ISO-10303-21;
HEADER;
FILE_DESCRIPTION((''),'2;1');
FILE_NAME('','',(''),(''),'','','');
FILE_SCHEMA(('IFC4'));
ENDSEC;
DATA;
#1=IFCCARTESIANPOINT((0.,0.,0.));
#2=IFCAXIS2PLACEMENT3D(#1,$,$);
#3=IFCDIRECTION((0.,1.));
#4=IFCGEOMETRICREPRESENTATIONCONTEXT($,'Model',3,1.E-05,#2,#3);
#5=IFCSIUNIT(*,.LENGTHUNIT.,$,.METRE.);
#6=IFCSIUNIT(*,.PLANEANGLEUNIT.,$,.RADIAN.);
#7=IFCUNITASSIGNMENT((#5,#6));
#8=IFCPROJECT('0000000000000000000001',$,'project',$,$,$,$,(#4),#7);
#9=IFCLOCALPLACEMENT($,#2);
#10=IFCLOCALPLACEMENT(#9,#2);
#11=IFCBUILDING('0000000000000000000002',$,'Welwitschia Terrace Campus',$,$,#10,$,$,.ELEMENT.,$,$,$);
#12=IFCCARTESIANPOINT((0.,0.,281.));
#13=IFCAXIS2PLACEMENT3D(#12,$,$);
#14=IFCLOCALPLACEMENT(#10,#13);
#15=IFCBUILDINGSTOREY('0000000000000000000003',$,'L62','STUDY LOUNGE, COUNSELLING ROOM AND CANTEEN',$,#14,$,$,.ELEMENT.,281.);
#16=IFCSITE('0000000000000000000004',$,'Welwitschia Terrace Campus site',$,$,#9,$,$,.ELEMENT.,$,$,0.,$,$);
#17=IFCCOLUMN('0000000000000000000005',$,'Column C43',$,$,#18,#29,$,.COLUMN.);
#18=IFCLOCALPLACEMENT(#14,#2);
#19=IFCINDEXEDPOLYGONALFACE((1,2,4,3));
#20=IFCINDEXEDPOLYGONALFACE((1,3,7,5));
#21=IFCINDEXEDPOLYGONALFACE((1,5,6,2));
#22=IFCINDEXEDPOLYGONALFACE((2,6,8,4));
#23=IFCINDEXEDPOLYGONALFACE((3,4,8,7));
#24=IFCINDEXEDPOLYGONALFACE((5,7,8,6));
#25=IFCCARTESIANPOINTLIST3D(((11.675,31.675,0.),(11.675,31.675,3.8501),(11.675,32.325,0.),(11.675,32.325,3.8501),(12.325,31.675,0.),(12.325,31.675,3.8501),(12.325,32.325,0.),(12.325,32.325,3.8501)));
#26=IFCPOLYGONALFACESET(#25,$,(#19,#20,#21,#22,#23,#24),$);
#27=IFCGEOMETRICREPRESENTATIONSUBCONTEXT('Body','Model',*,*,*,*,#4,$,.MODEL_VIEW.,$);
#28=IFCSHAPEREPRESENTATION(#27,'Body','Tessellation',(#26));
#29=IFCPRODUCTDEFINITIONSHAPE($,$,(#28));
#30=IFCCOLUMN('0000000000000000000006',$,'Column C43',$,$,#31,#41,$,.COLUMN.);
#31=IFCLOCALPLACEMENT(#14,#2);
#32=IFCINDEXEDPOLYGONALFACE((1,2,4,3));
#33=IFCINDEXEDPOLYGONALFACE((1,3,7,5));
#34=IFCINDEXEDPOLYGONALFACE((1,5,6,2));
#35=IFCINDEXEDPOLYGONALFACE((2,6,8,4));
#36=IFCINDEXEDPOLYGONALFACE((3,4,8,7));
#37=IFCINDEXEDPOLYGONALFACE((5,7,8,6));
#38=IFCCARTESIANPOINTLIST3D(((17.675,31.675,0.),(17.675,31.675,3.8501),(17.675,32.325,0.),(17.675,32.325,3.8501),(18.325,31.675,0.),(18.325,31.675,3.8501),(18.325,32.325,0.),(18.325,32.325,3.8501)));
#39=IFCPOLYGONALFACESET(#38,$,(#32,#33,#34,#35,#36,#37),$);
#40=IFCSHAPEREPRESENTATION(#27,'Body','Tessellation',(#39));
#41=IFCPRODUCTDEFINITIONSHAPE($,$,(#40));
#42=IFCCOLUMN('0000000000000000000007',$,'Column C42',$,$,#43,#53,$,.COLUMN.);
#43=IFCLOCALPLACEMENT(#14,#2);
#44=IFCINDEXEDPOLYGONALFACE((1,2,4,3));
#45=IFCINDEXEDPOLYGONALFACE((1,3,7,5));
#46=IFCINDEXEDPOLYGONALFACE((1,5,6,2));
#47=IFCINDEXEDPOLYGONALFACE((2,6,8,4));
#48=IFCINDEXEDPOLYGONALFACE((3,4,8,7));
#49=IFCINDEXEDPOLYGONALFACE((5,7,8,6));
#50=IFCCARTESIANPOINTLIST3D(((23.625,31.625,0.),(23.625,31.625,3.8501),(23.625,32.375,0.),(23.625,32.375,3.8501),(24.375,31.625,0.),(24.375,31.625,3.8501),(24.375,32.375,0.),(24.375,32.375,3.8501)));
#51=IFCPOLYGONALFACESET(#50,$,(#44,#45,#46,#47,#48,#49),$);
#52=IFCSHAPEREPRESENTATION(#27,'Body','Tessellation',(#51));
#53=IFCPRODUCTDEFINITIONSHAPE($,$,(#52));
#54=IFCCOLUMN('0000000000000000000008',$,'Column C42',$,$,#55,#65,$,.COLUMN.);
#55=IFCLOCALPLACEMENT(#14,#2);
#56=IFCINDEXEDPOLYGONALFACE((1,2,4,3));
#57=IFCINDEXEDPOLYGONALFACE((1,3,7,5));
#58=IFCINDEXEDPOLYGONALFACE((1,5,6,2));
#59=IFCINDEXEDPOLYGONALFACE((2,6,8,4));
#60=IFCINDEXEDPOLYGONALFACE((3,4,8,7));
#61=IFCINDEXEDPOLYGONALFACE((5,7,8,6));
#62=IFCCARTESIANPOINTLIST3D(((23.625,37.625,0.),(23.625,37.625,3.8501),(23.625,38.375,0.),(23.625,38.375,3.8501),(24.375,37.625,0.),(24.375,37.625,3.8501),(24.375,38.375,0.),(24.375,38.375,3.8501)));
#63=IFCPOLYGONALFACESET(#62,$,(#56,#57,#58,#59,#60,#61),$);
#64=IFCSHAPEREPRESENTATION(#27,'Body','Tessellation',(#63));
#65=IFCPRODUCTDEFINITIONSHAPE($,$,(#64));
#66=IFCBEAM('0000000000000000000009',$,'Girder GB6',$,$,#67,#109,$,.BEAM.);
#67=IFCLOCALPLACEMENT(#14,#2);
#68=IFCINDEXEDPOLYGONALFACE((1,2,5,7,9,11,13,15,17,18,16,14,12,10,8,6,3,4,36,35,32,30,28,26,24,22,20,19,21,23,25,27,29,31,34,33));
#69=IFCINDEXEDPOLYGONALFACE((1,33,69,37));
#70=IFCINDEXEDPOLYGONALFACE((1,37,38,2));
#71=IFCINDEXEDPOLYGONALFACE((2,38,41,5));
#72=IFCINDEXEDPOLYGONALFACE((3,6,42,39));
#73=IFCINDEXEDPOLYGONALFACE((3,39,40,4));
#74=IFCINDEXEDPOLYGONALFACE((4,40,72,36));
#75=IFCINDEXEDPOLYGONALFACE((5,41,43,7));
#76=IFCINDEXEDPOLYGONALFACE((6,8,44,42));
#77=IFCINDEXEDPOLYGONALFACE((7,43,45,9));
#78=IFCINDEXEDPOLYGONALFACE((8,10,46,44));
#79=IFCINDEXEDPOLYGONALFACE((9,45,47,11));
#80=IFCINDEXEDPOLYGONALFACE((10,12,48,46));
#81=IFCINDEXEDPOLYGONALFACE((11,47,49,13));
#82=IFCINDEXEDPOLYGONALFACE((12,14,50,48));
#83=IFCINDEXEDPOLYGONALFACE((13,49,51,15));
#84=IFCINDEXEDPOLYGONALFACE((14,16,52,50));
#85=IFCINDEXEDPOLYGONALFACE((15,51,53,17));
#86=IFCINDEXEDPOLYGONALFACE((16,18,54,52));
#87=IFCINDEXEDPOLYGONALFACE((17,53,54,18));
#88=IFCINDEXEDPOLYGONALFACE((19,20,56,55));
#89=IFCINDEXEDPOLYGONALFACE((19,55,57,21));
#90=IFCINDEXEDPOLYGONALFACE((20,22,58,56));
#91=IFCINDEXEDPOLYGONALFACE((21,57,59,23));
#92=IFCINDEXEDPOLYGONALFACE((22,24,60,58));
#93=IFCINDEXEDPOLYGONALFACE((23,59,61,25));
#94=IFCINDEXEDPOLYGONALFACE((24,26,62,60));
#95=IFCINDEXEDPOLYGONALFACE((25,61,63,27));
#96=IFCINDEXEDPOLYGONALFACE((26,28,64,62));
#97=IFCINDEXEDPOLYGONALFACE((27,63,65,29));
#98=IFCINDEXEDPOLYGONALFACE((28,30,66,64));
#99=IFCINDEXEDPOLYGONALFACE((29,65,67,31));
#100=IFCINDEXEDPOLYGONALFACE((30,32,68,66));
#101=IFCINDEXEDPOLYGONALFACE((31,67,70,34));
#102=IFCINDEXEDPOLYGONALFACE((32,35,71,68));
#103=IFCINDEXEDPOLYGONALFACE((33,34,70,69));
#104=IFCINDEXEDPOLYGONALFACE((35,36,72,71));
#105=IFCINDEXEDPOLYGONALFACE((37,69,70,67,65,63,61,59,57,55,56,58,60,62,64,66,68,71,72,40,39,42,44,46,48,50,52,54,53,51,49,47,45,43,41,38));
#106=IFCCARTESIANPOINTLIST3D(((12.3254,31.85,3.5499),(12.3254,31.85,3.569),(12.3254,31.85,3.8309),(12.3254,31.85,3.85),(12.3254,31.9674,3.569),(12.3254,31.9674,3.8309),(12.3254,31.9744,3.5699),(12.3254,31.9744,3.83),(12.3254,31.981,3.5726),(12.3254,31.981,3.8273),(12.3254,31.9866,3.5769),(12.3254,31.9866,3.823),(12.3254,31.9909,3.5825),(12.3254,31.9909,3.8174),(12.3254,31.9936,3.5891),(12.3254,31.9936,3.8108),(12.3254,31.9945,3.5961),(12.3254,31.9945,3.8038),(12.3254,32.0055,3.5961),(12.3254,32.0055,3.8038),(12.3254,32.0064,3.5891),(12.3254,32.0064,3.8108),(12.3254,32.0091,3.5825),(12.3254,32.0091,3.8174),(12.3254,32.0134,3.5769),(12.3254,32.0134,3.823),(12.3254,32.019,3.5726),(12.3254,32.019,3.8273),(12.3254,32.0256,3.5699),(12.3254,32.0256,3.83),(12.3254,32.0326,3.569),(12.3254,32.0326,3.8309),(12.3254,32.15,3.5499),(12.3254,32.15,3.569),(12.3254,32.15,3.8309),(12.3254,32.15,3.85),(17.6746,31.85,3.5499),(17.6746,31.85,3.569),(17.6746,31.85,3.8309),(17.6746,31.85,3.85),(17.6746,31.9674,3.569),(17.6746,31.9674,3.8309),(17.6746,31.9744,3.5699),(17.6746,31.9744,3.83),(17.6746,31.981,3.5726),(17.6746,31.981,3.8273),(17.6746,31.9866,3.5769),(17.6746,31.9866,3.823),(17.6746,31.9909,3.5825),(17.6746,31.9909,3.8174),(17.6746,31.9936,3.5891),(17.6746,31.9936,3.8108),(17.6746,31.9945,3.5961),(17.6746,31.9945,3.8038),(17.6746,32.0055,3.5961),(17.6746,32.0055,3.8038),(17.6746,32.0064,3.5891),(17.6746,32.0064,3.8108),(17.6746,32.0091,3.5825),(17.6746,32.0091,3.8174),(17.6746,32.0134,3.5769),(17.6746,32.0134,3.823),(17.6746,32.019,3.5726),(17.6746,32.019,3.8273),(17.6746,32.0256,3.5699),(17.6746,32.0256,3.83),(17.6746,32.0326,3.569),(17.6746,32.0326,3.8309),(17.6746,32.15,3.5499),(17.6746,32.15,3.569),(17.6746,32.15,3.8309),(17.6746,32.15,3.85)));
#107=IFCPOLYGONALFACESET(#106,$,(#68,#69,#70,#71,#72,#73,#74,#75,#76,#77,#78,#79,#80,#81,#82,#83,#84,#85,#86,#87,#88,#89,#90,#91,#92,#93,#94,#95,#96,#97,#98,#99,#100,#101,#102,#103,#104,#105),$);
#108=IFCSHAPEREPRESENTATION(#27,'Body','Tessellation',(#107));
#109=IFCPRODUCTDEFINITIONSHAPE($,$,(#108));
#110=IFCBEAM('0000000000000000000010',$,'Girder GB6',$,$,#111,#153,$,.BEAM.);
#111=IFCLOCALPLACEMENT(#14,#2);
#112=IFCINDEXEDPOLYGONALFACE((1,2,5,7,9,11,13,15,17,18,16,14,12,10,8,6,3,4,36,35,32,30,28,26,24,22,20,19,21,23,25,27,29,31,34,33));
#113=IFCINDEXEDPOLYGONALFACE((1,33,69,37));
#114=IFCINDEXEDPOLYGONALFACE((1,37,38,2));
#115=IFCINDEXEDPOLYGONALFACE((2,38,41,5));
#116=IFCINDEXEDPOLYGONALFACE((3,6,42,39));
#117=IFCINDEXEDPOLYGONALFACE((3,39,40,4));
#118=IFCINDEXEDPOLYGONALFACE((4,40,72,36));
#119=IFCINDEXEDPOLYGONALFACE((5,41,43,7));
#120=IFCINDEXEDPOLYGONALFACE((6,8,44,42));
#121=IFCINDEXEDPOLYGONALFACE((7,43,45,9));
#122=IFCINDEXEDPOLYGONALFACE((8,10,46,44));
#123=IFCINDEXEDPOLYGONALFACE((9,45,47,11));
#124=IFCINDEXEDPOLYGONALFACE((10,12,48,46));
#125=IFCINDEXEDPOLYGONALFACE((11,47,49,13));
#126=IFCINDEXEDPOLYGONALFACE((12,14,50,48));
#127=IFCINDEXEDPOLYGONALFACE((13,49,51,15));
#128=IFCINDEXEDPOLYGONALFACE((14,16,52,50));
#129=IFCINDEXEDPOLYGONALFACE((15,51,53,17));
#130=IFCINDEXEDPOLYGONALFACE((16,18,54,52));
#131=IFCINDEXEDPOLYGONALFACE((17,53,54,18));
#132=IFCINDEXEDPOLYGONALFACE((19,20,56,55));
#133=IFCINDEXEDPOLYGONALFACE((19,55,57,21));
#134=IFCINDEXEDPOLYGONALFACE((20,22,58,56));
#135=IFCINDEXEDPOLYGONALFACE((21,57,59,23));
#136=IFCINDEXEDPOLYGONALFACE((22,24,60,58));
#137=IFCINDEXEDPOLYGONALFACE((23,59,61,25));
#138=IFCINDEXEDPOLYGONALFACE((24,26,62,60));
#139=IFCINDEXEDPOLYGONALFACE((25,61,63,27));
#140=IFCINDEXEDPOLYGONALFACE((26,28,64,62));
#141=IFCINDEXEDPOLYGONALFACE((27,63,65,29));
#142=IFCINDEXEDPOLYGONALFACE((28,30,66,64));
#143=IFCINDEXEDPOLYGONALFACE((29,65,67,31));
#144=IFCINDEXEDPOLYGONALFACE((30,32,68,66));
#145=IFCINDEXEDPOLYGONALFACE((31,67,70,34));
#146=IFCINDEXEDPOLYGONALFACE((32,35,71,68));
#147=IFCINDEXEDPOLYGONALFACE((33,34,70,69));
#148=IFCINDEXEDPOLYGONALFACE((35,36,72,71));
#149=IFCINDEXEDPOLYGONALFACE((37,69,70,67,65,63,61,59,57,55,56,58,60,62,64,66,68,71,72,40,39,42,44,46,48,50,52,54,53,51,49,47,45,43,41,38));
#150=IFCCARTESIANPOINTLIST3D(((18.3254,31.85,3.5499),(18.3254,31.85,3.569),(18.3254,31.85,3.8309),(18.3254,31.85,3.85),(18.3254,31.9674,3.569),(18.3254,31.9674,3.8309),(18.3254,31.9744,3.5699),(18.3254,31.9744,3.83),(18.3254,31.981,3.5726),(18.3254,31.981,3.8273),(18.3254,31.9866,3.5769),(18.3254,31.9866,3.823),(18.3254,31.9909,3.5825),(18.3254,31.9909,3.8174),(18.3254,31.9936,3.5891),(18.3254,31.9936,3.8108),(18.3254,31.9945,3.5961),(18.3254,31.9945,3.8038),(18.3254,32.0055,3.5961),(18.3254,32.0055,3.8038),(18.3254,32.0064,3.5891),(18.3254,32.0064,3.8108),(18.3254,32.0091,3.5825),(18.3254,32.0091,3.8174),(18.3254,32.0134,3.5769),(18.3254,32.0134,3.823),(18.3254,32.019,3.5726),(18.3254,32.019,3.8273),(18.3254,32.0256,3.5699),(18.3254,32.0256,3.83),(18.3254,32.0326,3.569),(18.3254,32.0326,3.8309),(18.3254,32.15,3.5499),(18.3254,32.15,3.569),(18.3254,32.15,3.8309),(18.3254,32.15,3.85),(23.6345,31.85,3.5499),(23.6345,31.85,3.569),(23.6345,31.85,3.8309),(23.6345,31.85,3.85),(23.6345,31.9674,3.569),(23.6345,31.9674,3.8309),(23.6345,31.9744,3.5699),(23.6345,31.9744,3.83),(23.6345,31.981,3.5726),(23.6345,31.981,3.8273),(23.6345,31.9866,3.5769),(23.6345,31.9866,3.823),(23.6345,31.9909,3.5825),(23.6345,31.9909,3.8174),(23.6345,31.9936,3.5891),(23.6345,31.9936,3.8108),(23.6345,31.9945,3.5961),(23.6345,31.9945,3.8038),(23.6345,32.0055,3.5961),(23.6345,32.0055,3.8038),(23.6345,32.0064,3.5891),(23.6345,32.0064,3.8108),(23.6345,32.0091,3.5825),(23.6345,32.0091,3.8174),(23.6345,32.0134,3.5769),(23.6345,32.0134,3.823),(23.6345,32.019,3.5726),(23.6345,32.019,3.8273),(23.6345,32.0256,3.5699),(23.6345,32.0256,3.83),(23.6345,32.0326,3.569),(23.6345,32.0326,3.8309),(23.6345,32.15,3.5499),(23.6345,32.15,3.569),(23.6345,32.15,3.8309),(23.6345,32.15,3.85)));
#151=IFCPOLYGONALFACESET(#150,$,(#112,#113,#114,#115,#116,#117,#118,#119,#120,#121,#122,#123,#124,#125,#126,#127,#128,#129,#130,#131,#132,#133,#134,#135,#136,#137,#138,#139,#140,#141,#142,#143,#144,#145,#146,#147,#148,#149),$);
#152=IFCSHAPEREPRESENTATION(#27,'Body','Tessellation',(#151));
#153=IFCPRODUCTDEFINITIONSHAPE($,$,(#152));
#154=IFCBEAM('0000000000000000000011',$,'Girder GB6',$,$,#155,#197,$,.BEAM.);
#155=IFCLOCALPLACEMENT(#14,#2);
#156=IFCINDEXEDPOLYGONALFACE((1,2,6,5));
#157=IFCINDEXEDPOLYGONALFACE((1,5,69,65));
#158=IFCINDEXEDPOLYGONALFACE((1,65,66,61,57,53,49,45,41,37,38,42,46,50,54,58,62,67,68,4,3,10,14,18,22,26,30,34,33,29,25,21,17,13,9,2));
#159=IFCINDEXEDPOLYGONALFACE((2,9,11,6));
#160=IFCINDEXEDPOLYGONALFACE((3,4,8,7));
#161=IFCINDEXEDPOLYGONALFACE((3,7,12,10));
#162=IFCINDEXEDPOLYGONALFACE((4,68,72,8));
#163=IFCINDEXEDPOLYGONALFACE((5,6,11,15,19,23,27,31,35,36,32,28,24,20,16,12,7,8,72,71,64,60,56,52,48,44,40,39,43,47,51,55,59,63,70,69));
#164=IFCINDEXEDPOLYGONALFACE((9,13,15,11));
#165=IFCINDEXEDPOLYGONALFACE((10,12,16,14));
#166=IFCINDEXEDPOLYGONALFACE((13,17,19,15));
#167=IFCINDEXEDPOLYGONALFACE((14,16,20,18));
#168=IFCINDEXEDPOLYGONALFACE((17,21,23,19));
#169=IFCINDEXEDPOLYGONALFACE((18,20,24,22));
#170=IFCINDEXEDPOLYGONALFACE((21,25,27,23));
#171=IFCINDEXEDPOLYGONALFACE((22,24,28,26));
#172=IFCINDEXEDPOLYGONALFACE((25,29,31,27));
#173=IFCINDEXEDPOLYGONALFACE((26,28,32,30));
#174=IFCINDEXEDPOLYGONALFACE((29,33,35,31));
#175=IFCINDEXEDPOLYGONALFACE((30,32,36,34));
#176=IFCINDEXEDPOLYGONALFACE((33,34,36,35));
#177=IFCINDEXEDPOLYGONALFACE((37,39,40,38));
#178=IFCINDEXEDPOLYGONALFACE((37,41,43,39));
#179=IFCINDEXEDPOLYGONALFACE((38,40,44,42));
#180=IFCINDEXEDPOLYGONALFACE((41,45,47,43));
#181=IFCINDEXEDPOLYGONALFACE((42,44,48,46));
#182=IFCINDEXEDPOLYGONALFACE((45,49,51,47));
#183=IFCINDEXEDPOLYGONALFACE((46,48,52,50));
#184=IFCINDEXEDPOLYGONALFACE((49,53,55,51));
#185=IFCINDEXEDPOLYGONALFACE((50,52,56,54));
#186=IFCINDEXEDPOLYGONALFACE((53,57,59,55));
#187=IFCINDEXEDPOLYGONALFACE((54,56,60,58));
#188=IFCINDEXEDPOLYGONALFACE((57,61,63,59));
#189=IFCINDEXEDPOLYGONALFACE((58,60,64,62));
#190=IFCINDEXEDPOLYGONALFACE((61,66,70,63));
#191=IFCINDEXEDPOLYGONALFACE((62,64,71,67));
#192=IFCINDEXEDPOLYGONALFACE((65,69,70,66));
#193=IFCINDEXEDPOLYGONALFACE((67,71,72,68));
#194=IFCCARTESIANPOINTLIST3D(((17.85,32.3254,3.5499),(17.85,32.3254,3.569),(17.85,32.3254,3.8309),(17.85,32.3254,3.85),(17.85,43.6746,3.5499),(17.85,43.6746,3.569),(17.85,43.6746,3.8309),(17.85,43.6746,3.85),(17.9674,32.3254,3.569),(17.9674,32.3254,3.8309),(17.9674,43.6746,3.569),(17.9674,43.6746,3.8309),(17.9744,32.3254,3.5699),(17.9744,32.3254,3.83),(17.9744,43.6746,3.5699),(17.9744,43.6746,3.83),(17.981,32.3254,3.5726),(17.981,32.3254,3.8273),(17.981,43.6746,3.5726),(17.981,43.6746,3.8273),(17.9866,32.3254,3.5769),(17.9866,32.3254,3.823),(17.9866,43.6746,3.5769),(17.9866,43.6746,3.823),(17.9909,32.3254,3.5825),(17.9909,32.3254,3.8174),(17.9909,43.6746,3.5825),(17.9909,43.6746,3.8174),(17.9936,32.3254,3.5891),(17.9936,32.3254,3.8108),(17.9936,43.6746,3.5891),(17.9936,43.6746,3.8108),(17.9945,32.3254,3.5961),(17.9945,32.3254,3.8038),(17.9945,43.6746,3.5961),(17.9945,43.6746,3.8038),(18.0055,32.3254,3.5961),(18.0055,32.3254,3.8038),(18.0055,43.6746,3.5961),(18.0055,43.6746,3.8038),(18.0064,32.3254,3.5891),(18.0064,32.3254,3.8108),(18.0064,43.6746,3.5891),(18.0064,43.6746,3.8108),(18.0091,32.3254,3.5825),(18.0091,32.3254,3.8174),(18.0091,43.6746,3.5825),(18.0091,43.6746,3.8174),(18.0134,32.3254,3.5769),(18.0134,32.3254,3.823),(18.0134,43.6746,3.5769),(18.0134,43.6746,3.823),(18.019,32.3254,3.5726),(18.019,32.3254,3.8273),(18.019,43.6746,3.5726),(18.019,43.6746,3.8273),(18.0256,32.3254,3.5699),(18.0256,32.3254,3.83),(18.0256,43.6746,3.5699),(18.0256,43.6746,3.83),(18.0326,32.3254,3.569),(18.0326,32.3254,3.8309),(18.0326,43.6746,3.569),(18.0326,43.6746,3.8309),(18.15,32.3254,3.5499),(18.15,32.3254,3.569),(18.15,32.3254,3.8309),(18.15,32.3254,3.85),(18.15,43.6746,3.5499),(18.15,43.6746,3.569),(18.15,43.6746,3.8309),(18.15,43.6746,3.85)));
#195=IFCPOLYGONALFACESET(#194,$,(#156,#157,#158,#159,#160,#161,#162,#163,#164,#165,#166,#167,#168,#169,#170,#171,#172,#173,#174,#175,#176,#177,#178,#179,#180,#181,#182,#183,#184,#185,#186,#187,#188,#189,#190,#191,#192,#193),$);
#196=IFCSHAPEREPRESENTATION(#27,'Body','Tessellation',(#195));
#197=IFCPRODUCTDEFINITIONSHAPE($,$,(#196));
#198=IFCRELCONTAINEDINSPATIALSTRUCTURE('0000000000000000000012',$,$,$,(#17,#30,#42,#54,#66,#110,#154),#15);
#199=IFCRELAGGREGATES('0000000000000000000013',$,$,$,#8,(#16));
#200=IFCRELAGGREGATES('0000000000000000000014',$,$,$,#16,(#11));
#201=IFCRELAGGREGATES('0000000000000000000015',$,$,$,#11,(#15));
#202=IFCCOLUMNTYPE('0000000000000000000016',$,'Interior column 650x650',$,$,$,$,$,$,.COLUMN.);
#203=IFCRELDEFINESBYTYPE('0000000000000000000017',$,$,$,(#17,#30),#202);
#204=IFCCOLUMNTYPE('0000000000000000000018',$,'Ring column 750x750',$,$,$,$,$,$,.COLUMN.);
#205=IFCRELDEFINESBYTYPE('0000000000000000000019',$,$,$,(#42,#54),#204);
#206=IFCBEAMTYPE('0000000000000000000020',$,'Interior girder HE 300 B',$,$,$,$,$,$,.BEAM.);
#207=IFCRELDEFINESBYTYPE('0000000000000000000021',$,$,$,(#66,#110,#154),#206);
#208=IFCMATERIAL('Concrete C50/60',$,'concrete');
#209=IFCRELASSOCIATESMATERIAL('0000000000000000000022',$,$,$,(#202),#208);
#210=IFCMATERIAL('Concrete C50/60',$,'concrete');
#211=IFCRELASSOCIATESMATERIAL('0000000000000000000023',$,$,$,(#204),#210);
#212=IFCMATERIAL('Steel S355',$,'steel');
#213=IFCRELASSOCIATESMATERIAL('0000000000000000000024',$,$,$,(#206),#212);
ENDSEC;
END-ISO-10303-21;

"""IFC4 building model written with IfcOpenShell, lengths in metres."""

from ifc_helpers import new_model, si_unit, direction, frame, origin, origin_2d, place, context, subcontext, project, spatial, rectangle, i_section, extrude, material, material_profile, profile_set, type_object, element, save


model = new_model("IFC4")

# Units and contexts
model_context = context("Model", 3, precision=1e-05, world=origin(), true_north=direction((0.0, 1.0)))
body_context = subcontext(model_context, "Body", "Model", "MODEL_VIEW")
ifc_project = project(units=[si_unit("LENGTHUNIT", "METRE"), si_unit("PLANEANGLEUNIT", "RADIAN")], contexts=[model_context])

# Site, building, storey
site_placement = place(None, origin())
site = spatial("IfcSite", under=ifc_project, at=site_placement, Name="Welwitschia Terrace Campus site", CompositionType="ELEMENT", RefElevation=0.0)
building_placement = place(site_placement, origin())
building = spatial("IfcBuilding", under=site, at=building_placement, Name="Welwitschia Terrace Campus", CompositionType="ELEMENT")
storey_placement = place(building_placement, frame((0.0, 0.0, 281.0)))
storey = spatial("IfcBuildingStorey", under=building, at=storey_placement, Name="L62", Description="STUDY LOUNGE, COUNSELLING ROOM AND CANTEEN", CompositionType="ELEMENT", Elevation=281.0)

# Columns
ifc_material_1 = material(Name="Concrete C50/60", Category="concrete")
ifc_material_profile_1 = material_profile(ifc_material_1, rectangle(XDim=0.6499, YDim=0.6499, at=origin_2d()))
ifc_profile_set_1 = profile_set([ifc_material_profile_1], Name="Concrete C50/60")
column_type_1 = type_object("IfcColumnType", Name="Interior column 650x650", PredefinedType="COLUMN", material=ifc_profile_set_1)
for number, where, z_axis, x_axis, name in (
    (1, (12.0, 32.0, 0.0), (0.0, 0.0, 1.0), (1.0, 0.0, 0.0), "Column C43"),
    (2, (18.0, 32.0, 0.0), (0.0, 0.0, 1.0), (1.0, 0.0, 0.0), "Column C43"),
):
    element("IfcColumn", number, at=place(storey_placement, frame(where, z_axis=z_axis, x_axis=x_axis)), inside=storey, type_object=column_type_1, Name=name, PredefinedType="COLUMN", context=body_context, shape_type="SweptSolid", body=[
        extrude(rectangle(XDim=0.6499, YDim=0.6499, at=origin_2d()), origin(), (0.0, 0.0, 1.0), 3.8501),
    ])
ifc_material_2 = material(Name="Concrete C50/60", Category="concrete")
ifc_material_profile_2 = material_profile(ifc_material_2, rectangle(XDim=0.75, YDim=0.75, at=origin_2d()))
ifc_profile_set_2 = profile_set([ifc_material_profile_2], Name="Concrete C50/60")
column_type_2 = type_object("IfcColumnType", Name="Ring column 750x750", PredefinedType="COLUMN", material=ifc_profile_set_2)
for number, where, z_axis, x_axis, name in (
    (3, (24.0, 32.0, 0.0), (0.0, 0.0, 1.0), (1.0, 0.0, 0.0), "Column C42"),
    (4, (24.0, 38.0, 0.0), (0.0, 0.0, 1.0), (1.0, 0.0, 0.0), "Column C42"),
):
    element("IfcColumn", number, at=place(storey_placement, frame(where, z_axis=z_axis, x_axis=x_axis)), inside=storey, type_object=column_type_2, Name=name, PredefinedType="COLUMN", context=body_context, shape_type="SweptSolid", body=[
        extrude(rectangle(XDim=0.75, YDim=0.75, at=origin_2d()), origin(), (0.0, 0.0, 1.0), 3.8501),
    ])

# Beams
ifc_material_3 = material(Name="Steel S355", Category="steel")
ifc_material_profile_3 = material_profile(ifc_material_3, i_section(OverallWidth=0.3, OverallDepth=0.3, WebThickness=0.011, FlangeThickness=0.019, FilletRadius=0.0271, at=origin_2d()))
ifc_profile_set_3 = profile_set([ifc_material_profile_3], Name="Steel S355")
beam_type_1 = type_object("IfcBeamType", Name="Interior girder HE 300 B", PredefinedType="BEAM", material=ifc_profile_set_3)
beam_1_placement = place(storey_placement, frame((12.3254, 32.0, 3.7), z_axis=(1.0, 0.0, 0.0), x_axis=(0.0, 1.0, 0.0)))
element("IfcBeam", 5, at=beam_1_placement, inside=storey, type_object=beam_type_1, Name="Girder GB6", PredefinedType="BEAM", context=body_context, shape_type="SweptSolid", body=[
    extrude(i_section(OverallWidth=0.3, OverallDepth=0.3, WebThickness=0.011, FlangeThickness=0.019, FilletRadius=0.0271, at=origin_2d()), origin(), (0.0, 0.0, 1.0), 5.3491),
])
beam_2_placement = place(storey_placement, frame((18.3254, 32.0, 3.7), z_axis=(1.0, 0.0, 0.0), x_axis=(0.0, 1.0, 0.0)))
element("IfcBeam", 6, at=beam_2_placement, inside=storey, type_object=beam_type_1, Name="Girder GB6", PredefinedType="BEAM", context=body_context, shape_type="SweptSolid", body=[
    extrude(i_section(OverallWidth=0.3, OverallDepth=0.3, WebThickness=0.011, FlangeThickness=0.019, FilletRadius=0.0271, at=origin_2d()), origin(), (0.0, 0.0, 1.0), 5.3091),
])
beam_3_placement = place(storey_placement, frame((18.0, 32.3254, 3.7), z_axis=(0.0, 1.0, 0.0), x_axis=(-1.0, 0.0, 0.0)))
element("IfcBeam", 7, at=beam_3_placement, inside=storey, type_object=beam_type_1, Name="Girder GB6", PredefinedType="BEAM", context=body_context, shape_type="SweptSolid", body=[
    extrude(i_section(OverallWidth=0.3, OverallDepth=0.3, WebThickness=0.011, FlangeThickness=0.019, FilletRadius=0.0271, at=origin_2d()), origin(), (0.0, 0.0, 1.0), 11.3491),
])

save(model, "model.ifc")
